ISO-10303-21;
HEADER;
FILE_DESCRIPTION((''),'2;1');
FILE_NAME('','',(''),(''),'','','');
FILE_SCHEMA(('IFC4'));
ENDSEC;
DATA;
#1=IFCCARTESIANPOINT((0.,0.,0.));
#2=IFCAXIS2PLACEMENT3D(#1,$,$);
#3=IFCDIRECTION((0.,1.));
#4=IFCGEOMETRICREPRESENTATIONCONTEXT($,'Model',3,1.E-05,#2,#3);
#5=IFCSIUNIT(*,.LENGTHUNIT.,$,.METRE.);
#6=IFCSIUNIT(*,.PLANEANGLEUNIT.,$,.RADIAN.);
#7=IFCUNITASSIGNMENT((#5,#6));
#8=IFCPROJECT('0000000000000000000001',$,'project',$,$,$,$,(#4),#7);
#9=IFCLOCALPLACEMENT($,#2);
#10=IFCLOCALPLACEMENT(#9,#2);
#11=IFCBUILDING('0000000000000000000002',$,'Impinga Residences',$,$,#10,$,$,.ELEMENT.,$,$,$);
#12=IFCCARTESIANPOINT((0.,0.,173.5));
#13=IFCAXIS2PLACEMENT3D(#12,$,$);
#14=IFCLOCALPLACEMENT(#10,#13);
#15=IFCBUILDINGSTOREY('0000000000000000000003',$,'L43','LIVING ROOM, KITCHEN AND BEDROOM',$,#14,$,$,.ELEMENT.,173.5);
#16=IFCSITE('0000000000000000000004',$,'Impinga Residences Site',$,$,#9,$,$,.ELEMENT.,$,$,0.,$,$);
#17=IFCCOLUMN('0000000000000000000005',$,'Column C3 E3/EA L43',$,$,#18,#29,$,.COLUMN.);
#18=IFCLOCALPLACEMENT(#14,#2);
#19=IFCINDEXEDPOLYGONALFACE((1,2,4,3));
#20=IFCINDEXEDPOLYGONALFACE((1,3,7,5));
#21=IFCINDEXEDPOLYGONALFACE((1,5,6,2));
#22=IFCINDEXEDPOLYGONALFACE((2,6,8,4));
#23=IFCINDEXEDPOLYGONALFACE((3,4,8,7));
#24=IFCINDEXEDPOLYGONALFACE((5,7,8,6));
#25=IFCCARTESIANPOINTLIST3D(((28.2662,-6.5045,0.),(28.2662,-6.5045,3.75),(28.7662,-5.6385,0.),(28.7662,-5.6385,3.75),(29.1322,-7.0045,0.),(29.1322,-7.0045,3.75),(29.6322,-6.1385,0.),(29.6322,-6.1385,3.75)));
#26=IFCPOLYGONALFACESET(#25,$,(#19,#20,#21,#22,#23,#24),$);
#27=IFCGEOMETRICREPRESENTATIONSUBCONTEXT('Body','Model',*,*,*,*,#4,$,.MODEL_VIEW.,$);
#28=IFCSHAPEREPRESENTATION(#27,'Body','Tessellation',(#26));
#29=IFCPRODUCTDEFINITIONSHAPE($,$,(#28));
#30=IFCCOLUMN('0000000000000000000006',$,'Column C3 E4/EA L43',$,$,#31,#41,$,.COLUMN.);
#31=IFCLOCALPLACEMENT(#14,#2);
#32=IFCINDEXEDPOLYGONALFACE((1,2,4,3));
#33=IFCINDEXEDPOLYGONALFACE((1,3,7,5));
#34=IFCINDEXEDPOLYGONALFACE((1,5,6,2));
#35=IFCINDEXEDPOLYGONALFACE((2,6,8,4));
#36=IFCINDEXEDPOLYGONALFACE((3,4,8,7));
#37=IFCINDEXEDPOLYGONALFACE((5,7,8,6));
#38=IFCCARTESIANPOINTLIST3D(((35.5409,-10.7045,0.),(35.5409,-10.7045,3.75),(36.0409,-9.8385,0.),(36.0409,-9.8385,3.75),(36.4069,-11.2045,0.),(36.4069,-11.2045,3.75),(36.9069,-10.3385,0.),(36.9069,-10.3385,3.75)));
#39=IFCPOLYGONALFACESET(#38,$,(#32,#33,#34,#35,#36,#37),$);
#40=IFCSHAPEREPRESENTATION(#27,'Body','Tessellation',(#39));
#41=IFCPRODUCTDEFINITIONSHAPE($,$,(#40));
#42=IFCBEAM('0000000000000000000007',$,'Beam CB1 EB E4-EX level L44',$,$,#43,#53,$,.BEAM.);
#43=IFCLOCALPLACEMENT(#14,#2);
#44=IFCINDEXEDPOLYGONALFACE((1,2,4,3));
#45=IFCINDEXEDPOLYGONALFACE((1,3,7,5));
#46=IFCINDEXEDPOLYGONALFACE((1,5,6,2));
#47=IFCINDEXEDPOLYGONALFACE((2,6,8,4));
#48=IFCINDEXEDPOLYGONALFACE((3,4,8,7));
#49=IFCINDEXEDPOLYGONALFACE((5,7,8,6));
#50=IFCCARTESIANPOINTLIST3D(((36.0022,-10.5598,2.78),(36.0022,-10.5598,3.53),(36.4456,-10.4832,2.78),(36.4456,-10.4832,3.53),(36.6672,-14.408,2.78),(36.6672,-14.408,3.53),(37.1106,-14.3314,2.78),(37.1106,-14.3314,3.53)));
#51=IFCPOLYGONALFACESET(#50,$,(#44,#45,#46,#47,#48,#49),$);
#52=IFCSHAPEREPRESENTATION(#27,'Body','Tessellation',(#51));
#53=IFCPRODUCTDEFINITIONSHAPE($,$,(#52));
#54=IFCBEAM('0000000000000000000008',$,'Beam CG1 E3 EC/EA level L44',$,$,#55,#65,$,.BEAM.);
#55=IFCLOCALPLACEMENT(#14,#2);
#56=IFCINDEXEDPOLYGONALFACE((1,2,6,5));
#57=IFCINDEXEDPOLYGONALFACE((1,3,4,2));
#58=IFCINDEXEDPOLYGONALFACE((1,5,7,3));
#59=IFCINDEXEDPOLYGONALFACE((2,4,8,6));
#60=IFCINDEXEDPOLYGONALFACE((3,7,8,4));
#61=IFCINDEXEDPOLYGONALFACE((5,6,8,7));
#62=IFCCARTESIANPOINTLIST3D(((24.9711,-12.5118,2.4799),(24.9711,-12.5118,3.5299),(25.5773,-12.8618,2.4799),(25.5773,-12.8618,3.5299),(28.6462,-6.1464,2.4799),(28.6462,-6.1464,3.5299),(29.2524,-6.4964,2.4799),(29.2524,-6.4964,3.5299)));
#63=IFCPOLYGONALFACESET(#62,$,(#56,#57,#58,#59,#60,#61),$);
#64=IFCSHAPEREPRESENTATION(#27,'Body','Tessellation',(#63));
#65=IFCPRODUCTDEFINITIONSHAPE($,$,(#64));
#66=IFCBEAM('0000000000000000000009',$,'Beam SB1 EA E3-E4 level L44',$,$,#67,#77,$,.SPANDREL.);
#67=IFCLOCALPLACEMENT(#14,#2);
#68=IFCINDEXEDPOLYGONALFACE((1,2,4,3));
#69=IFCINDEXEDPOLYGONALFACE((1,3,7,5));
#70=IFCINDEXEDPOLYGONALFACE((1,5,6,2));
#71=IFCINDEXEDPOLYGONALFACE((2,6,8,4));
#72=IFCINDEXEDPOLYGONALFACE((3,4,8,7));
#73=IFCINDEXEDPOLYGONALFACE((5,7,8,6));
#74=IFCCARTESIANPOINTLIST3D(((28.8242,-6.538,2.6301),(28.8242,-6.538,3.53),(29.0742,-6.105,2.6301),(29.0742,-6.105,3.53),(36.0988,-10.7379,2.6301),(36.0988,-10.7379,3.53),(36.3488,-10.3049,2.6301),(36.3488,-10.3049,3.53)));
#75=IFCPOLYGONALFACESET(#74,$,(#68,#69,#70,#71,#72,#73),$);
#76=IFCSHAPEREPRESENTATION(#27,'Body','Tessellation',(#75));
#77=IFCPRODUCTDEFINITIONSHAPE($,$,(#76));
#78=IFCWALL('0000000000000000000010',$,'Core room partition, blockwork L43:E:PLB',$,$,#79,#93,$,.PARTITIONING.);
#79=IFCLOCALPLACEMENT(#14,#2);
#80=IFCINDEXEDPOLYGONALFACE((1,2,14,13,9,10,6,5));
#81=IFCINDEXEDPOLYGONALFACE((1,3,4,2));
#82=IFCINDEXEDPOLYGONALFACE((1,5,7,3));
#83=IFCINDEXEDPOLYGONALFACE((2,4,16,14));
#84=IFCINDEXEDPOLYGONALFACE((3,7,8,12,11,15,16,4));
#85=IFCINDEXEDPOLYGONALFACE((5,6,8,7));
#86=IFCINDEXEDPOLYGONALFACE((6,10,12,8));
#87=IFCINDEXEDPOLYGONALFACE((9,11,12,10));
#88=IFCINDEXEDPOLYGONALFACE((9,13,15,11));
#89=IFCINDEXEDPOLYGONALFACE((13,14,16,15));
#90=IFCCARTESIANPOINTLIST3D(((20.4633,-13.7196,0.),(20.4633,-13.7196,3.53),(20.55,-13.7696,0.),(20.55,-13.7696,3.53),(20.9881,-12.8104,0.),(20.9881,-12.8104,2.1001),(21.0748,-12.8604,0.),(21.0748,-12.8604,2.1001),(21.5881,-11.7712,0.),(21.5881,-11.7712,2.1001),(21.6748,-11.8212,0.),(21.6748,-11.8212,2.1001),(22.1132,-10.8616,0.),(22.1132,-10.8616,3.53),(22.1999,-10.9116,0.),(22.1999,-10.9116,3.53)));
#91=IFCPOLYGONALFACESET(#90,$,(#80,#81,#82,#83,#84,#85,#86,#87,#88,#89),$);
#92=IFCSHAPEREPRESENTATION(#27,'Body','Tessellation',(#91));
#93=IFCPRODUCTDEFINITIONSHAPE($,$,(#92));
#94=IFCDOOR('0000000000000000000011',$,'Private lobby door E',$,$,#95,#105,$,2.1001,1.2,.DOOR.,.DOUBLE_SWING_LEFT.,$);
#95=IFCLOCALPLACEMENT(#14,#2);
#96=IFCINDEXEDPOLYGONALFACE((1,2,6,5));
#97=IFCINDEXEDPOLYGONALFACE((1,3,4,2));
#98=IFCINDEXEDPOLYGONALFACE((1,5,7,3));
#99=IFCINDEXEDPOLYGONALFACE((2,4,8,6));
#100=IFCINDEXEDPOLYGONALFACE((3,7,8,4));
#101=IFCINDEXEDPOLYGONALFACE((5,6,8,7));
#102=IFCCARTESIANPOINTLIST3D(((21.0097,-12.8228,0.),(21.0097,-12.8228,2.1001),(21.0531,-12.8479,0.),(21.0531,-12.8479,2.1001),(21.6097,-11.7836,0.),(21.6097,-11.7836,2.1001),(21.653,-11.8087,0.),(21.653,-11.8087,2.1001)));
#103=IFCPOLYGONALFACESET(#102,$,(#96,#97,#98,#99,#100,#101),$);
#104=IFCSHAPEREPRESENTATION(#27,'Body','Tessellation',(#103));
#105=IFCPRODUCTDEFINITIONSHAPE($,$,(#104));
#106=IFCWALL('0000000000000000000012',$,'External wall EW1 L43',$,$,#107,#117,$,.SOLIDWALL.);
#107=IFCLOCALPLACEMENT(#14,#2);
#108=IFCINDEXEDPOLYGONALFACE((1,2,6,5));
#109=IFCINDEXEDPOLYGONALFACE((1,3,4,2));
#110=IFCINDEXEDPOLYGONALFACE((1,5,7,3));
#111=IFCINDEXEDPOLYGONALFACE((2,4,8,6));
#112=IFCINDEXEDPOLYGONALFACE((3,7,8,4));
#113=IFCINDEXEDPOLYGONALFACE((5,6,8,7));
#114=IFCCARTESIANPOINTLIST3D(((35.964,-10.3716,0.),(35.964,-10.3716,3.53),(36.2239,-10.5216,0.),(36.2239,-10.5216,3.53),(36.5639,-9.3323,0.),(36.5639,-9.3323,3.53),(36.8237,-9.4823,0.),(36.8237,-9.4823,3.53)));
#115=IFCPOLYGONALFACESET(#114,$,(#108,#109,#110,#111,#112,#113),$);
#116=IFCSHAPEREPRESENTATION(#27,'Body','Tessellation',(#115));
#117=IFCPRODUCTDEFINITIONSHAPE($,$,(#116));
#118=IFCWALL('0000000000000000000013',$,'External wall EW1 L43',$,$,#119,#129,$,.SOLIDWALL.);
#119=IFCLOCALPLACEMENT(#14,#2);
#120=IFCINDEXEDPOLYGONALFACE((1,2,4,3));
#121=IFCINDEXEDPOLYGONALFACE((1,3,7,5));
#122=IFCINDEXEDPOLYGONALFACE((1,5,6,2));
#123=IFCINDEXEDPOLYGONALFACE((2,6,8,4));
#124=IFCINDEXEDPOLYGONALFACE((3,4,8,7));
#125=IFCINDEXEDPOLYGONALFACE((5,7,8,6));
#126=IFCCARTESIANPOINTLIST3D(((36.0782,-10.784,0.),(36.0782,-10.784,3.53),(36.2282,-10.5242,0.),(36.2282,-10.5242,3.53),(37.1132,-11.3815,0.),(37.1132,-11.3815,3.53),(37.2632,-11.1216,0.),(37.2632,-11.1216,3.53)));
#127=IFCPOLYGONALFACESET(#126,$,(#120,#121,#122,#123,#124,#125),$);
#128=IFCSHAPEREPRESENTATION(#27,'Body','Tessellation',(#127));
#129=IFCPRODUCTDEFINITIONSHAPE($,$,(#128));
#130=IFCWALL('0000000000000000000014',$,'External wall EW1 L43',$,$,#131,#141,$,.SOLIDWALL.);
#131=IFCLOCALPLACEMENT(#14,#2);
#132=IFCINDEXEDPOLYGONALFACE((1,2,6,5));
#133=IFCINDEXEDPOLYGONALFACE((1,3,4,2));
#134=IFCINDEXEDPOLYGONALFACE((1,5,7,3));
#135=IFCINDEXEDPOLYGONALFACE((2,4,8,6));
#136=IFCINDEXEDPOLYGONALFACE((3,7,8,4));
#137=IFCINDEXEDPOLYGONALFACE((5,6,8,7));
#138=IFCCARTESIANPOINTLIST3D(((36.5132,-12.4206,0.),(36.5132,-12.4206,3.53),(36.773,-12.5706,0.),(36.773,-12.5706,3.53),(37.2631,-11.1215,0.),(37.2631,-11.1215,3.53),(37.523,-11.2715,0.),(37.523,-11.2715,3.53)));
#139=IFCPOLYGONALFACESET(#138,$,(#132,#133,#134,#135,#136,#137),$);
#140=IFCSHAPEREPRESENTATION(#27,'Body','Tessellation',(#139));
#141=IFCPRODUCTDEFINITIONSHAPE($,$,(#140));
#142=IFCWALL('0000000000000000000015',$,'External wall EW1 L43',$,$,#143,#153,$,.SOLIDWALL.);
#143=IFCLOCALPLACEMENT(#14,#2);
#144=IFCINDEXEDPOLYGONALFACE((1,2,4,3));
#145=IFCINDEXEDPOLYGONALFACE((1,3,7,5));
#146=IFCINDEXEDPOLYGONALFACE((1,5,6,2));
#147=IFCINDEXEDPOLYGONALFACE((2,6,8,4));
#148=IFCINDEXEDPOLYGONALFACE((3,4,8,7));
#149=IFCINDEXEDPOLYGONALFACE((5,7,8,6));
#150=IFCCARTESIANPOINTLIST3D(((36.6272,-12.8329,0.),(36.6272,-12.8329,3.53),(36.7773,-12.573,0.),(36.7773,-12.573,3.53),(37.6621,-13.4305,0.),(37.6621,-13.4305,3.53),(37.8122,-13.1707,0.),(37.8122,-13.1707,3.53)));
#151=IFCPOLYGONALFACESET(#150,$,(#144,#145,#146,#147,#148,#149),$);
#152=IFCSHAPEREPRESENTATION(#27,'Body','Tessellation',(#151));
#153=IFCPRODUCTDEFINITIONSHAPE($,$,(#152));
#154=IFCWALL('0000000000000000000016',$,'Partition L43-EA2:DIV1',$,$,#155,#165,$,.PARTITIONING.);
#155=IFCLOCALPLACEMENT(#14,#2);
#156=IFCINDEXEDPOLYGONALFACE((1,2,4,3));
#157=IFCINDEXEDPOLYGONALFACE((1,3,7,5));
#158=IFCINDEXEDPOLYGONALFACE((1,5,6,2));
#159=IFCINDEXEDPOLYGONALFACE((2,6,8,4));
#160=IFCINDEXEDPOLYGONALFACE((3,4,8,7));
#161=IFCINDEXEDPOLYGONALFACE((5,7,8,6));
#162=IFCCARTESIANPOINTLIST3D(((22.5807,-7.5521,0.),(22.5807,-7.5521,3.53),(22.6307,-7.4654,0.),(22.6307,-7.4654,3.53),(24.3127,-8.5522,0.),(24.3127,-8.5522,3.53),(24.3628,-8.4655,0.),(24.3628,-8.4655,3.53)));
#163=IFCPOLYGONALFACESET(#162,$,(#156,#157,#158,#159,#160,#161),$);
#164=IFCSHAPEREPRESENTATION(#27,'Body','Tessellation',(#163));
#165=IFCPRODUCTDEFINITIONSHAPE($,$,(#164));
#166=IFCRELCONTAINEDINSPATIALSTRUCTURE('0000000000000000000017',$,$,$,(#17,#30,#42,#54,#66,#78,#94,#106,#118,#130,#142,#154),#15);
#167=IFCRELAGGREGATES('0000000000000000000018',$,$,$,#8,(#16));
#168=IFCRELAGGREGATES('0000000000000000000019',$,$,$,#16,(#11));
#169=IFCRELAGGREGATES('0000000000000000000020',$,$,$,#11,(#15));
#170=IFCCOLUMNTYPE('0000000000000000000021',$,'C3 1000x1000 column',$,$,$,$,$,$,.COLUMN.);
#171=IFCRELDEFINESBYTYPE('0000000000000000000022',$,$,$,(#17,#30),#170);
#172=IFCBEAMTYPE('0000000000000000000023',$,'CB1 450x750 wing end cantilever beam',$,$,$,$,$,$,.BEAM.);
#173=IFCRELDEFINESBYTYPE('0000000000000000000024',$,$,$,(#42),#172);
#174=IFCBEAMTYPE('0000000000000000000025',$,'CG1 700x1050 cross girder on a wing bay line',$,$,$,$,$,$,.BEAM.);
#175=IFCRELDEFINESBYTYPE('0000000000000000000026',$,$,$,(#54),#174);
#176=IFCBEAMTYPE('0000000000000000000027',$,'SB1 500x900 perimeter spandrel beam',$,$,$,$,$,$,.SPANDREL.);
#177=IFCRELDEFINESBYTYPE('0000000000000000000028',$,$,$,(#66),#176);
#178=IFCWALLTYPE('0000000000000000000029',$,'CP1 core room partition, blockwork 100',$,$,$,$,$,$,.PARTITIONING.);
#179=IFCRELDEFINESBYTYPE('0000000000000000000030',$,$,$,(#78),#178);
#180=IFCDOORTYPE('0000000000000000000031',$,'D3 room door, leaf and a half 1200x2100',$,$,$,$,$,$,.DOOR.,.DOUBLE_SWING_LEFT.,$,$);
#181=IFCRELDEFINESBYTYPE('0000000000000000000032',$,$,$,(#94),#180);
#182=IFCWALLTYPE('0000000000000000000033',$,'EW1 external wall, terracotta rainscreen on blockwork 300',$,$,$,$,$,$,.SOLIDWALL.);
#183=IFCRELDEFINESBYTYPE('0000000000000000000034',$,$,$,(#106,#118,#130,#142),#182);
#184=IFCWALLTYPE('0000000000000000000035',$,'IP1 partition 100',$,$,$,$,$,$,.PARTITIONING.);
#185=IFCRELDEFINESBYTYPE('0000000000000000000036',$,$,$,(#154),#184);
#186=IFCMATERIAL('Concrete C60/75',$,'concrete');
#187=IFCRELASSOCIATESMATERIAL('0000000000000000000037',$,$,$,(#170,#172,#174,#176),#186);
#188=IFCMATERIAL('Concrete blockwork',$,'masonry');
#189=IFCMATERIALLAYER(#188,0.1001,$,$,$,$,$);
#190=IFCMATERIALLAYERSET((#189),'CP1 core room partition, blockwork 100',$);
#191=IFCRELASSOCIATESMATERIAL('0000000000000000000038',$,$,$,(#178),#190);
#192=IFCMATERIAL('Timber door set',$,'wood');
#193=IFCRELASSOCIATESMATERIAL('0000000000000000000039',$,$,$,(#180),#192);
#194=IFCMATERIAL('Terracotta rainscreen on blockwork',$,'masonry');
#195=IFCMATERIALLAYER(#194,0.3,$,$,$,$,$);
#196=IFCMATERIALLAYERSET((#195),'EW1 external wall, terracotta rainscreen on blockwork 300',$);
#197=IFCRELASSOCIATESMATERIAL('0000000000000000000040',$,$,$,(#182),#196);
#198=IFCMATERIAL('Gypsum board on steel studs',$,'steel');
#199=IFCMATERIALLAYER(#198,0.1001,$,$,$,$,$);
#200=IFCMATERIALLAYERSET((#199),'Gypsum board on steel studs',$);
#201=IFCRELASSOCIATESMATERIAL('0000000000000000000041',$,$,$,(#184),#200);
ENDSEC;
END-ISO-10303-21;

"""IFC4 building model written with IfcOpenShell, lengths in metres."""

from ifc_helpers import new_model, si_unit, direction, frame, frame_2d, origin, origin_2d, place, context, subcontext, project, spatial, rectangle, extrude, material, layer, layer_set, material_profile, profile_set, type_object, element, fill, save


model = new_model("IFC4")

# Units and contexts
model_context = context("Model", 3, precision=1e-05, world=origin(), true_north=direction((0.0, 1.0)))
body_context = subcontext(model_context, "Body", "Model", "MODEL_VIEW")
ifc_project = project(units=[si_unit("LENGTHUNIT", "METRE"), si_unit("PLANEANGLEUNIT", "RADIAN")], contexts=[model_context])

# Site, building, storey
site_placement = place(None, origin())
site = spatial("IfcSite", under=ifc_project, at=site_placement, Name="Impinga Residences Site", CompositionType="ELEMENT", RefElevation=0.0)
building_placement = place(site_placement, origin())
building = spatial("IfcBuilding", under=site, at=building_placement, Name="Impinga Residences", CompositionType="ELEMENT")
storey_placement = place(building_placement, frame((0.0, 0.0, 173.5)))
storey = spatial("IfcBuildingStorey", under=building, at=storey_placement, Name="L43", Description="LIVING ROOM, KITCHEN AND BEDROOM", CompositionType="ELEMENT", Elevation=173.5)

# Columns
ifc_material_1 = material(Name="Concrete C60/75", Category="concrete")
ifc_material_profile_1 = material_profile(ifc_material_1, rectangle(XDim=1.0, YDim=1.0, at=origin_2d()), Name="RC 1000x1000")
ifc_profile_set_1 = profile_set([ifc_material_profile_1], Name="Concrete C60/75")
column_type = type_object("IfcColumnType", Name="C3 1000x1000 column", PredefinedType="COLUMN", material=ifc_profile_set_1)
for number, where, z_axis, x_axis, name in (
    (1, (28.9492, -6.3215, 0.0), (0.0, 0.0, 1.0), (-0.5, -0.866025, 0.0), "Column C3 E3/EA L43"),
    (2, (36.2239, -10.5215, 0.0), (0.0, 0.0, 1.0), (-0.5, -0.866025, 0.0), "Column C3 E4/EA L43"),
):
    element("IfcColumn", number, at=place(storey_placement, frame(where, z_axis=z_axis, x_axis=x_axis)), inside=storey, type_object=column_type, Name=name, PredefinedType="COLUMN", context=body_context, shape_type="SweptSolid", body=[
        extrude(rectangle(XDim=1.0, YDim=1.0, at=origin_2d()), origin(), (0.0, 0.0, 1.0), 3.75),
    ])

# Beams
ifc_material_profile_2 = material_profile(ifc_material_1, rectangle(XDim=0.45, YDim=0.75, at=origin_2d()), Name="RC 450x750")
ifc_profile_set_2 = profile_set([ifc_material_profile_2], Name="Concrete C60/75")
beam_type_1 = type_object("IfcBeamType", Name="CB1 450x750 wing end cantilever beam", PredefinedType="BEAM", material=ifc_profile_set_2)
beam_1_placement = place(storey_placement, frame((36.2239, -10.5215, 3.155), z_axis=(0.170296, -0.985393, 0.0), x_axis=(0.985393, 0.170296, 0.0)))
element("IfcBeam", 3, at=beam_1_placement, inside=storey, type_object=beam_type_1, Name="Beam CB1 EB E4-EX level L44", PredefinedType="BEAM", context=body_context, shape_type="SweptSolid", body=[
    extrude(rectangle(XDim=0.45, YDim=0.75, at=origin_2d()), origin(), (0.0, 0.0, 1.0), 3.9053),
])
ifc_material_profile_3 = material_profile(ifc_material_1, rectangle(XDim=0.7, YDim=1.05, at=origin_2d()), Name="RC 700x1050")
ifc_profile_set_3 = profile_set([ifc_material_profile_3], Name="Concrete C60/75")
beam_type_2 = type_object("IfcBeamType", Name="CG1 700x1050 cross girder on a wing bay line", PredefinedType="BEAM", material=ifc_profile_set_3)
beam_2_placement = place(storey_placement, frame((25.2742, -12.6868, 3.0049), z_axis=(0.500008, 0.866021, 0.0), x_axis=(-0.866021, 0.500008, 0.0)))
element("IfcBeam", 4, at=beam_2_placement, inside=storey, type_object=beam_type_2, Name="Beam CG1 E3 EC/EA level L44", PredefinedType="BEAM", context=body_context, shape_type="SweptSolid", body=[
    extrude(rectangle(XDim=0.7, YDim=1.05, at=origin_2d()), origin(), (0.0, 0.0, 1.0), 7.3501),
])
ifc_material_profile_4 = material_profile(ifc_material_1, rectangle(XDim=0.5, YDim=0.8999, at=origin_2d()), Name="RC 500x900")
ifc_profile_set_4 = profile_set([ifc_material_profile_4], Name="Concrete C60/75")
beam_type_3 = type_object("IfcBeamType", Name="SB1 500x900 perimeter spandrel beam", PredefinedType="SPANDREL", material=ifc_profile_set_4)
beam_3_placement = place(storey_placement, frame((28.9492, -6.3215, 3.0801), z_axis=(0.866029, -0.499993, 0.0), x_axis=(0.499993, 0.866029, 0.0)))
element("IfcBeam", 5, at=beam_3_placement, inside=storey, type_object=beam_type_3, Name="Beam SB1 EA E3-E4 level L44", PredefinedType="SPANDREL", context=body_context, shape_type="SweptSolid", body=[
    extrude(rectangle(XDim=0.5, YDim=0.8999, at=origin_2d()), origin(), (0.0, 0.0, 1.0), 8.3999),
])

# Wall, opening, door
ifc_material_2 = material(Name="Concrete blockwork", Category="masonry")
ifc_layer_1 = layer(ifc_material_2, 0.1001)
ifc_layer_set_1 = layer_set([ifc_layer_1], Name="CP1 core room partition, blockwork 100")
wall_type_1 = type_object("IfcWallType", Name="CP1 core room partition, blockwork 100", PredefinedType="PARTITIONING", material=ifc_layer_set_1)
wall_1_placement = place(storey_placement, frame((22.1565, -10.8867, 0.0), z_axis=(0.0, 0.0, 1.0), x_axis=(-0.499974, -0.86604, 0.0)))
wall_1 = element("IfcWall", 6, at=wall_1_placement, inside=storey, type_object=wall_type_1, Name="Core room partition, blockwork L43:E:PLB", PredefinedType="PARTITIONING", context=body_context, shape_type="SweptSolid", body=[
    extrude(rectangle(XDim=3.3, YDim=0.1001, at=frame_2d((1.6499, 0.0))), origin(), (0.0, 0.0, 1.0), 3.53),
])
opening_1_placement = place(wall_1_placement, frame((1.05, 0.0, 0.0)))
opening_1 = element("IfcOpeningElement", 7, at=opening_1_placement, cuts=wall_1, PredefinedType="OPENING", context=body_context, shape_type="SweptSolid", body=[
    extrude(rectangle(XDim=1.2, YDim=2.1001, at=frame_2d((0.6001, 1.05))), frame((0.0, 0.0601, 0.0), z_axis=(0.0, -1.0, 0.0), x_axis=(1.0, 0.0, 0.0)), (0.0, 0.0, 1.0), 0.1201),
])
ifc_material_3 = material(Name="Timber door set", Category="wood")
door_type_1 = type_object("IfcDoorType", Name="D3 room door, leaf and a half 1200x2100", OperationType="DOUBLE_SWING_LEFT", PredefinedType="DOOR", material=ifc_material_3)
door_1_placement = place(opening_1_placement, origin())
door_1 = element("IfcDoor", 8, at=door_1_placement, inside=storey, type_object=door_type_1, Name="Private lobby door E", OperationType="DOUBLE_SWING_LEFT", OverallHeight=2.1001, OverallWidth=1.2, PredefinedType="DOOR", context=body_context, shape_type="SweptSolid", body=[
    extrude(rectangle(XDim=1.2, YDim=2.1001, at=frame_2d((0.6001, 1.05))), frame((0.0, 0.0249, 0.0), z_axis=(0.0, -1.0, 0.0), x_axis=(1.0, 0.0, 0.0)), (0.0, 0.0, 1.0), 0.05),
])
fill(opening_1, door_1)

# Walls
ifc_material_4 = material(Name="Terracotta rainscreen on blockwork", Category="masonry")
ifc_layer_2 = layer(ifc_material_4, 0.3)
ifc_layer_set_2 = layer_set([ifc_layer_2], Name="EW1 external wall, terracotta rainscreen on blockwork 300")
wall_type_2 = type_object("IfcWallType", Name="EW1 external wall, terracotta rainscreen on blockwork 300", PredefinedType="SOLIDWALL", material=ifc_layer_set_2)
wall_2_placement = place(storey_placement, frame((36.6938, -9.4072, 0.0), z_axis=(0.0, 0.0, 1.0), x_axis=(-0.499881, -0.866094, 0.0)))
element("IfcWall", 9, at=wall_2_placement, inside=storey, type_object=wall_type_2, Name="External wall EW1 L43", PredefinedType="SOLIDWALL", context=body_context, shape_type="SweptSolid", body=[
    extrude(rectangle(XDim=1.2, YDim=0.3, at=frame_2d((0.6001, 0.0))), origin(), (0.0, 0.0, 1.0), 3.53),
])
wall_3_placement = place(storey_placement, frame((36.1531, -10.6541, 0.0), z_axis=(0.0, 0.0, 1.0), x_axis=(0.86606, -0.499941, 0.0)))
element("IfcWall", 10, at=wall_3_placement, inside=storey, type_object=wall_type_2, Name="External wall EW1 L43", PredefinedType="SOLIDWALL", context=body_context, shape_type="SweptSolid", body=[
    extrude(rectangle(XDim=1.1951, YDim=0.3, at=frame_2d((0.5977, 0.0))), origin(), (0.0, 0.0, 1.0), 3.53),
])
wall_4_placement = place(storey_placement, frame((37.3931, -11.1965, 0.0), z_axis=(0.0, 0.0, 1.0), x_axis=(-0.49999, -0.866031, 0.0)))
element("IfcWall", 11, at=wall_4_placement, inside=storey, type_object=wall_type_2, Name="External wall EW1 L43", PredefinedType="SOLIDWALL", context=body_context, shape_type="SweptSolid", body=[
    extrude(rectangle(XDim=1.5, YDim=0.3, at=frame_2d((0.75, 0.0))), origin(), (0.0, 0.0, 1.0), 3.53),
])
wall_5_placement = place(storey_placement, frame((36.7021, -12.7029, 0.0), z_axis=(0.0, 0.0, 1.0), x_axis=(0.865971, -0.500094, 0.0)))
element("IfcWall", 12, at=wall_5_placement, inside=storey, type_object=wall_type_2, Name="External wall EW1 L43", PredefinedType="SOLIDWALL", context=body_context, shape_type="SweptSolid", body=[
    extrude(rectangle(XDim=1.1951, YDim=0.3, at=frame_2d((0.5977, 0.0))), origin(), (0.0, 0.0, 1.0), 3.53),
])
ifc_material_5 = material(Name="Gypsum board on steel studs", Category="steel")
ifc_layer_3 = layer(ifc_material_5, 0.1001)
ifc_layer_set_3 = layer_set([ifc_layer_3], Name="Gypsum board on steel studs")
wall_type_3 = type_object("IfcWallType", Name="IP1 partition 100", PredefinedType="PARTITIONING", material=ifc_layer_set_3)
wall_6_placement = place(storey_placement, frame((22.6057, -7.5088, 0.0), z_axis=(0.0, 0.0, 1.0), x_axis=(0.866011, -0.500025, 0.0)))
element("IfcWall", 13, at=wall_6_placement, inside=storey, type_object=wall_type_3, Name="Partition L43-EA2:DIV1", PredefinedType="PARTITIONING", context=body_context, shape_type="SweptSolid", body=[
    extrude(rectangle(XDim=2.0, YDim=0.1001, at=frame_2d((1.0, 0.0))), origin(), (0.0, 0.0, 1.0), 3.53),
])

save(model, "model.ifc")
